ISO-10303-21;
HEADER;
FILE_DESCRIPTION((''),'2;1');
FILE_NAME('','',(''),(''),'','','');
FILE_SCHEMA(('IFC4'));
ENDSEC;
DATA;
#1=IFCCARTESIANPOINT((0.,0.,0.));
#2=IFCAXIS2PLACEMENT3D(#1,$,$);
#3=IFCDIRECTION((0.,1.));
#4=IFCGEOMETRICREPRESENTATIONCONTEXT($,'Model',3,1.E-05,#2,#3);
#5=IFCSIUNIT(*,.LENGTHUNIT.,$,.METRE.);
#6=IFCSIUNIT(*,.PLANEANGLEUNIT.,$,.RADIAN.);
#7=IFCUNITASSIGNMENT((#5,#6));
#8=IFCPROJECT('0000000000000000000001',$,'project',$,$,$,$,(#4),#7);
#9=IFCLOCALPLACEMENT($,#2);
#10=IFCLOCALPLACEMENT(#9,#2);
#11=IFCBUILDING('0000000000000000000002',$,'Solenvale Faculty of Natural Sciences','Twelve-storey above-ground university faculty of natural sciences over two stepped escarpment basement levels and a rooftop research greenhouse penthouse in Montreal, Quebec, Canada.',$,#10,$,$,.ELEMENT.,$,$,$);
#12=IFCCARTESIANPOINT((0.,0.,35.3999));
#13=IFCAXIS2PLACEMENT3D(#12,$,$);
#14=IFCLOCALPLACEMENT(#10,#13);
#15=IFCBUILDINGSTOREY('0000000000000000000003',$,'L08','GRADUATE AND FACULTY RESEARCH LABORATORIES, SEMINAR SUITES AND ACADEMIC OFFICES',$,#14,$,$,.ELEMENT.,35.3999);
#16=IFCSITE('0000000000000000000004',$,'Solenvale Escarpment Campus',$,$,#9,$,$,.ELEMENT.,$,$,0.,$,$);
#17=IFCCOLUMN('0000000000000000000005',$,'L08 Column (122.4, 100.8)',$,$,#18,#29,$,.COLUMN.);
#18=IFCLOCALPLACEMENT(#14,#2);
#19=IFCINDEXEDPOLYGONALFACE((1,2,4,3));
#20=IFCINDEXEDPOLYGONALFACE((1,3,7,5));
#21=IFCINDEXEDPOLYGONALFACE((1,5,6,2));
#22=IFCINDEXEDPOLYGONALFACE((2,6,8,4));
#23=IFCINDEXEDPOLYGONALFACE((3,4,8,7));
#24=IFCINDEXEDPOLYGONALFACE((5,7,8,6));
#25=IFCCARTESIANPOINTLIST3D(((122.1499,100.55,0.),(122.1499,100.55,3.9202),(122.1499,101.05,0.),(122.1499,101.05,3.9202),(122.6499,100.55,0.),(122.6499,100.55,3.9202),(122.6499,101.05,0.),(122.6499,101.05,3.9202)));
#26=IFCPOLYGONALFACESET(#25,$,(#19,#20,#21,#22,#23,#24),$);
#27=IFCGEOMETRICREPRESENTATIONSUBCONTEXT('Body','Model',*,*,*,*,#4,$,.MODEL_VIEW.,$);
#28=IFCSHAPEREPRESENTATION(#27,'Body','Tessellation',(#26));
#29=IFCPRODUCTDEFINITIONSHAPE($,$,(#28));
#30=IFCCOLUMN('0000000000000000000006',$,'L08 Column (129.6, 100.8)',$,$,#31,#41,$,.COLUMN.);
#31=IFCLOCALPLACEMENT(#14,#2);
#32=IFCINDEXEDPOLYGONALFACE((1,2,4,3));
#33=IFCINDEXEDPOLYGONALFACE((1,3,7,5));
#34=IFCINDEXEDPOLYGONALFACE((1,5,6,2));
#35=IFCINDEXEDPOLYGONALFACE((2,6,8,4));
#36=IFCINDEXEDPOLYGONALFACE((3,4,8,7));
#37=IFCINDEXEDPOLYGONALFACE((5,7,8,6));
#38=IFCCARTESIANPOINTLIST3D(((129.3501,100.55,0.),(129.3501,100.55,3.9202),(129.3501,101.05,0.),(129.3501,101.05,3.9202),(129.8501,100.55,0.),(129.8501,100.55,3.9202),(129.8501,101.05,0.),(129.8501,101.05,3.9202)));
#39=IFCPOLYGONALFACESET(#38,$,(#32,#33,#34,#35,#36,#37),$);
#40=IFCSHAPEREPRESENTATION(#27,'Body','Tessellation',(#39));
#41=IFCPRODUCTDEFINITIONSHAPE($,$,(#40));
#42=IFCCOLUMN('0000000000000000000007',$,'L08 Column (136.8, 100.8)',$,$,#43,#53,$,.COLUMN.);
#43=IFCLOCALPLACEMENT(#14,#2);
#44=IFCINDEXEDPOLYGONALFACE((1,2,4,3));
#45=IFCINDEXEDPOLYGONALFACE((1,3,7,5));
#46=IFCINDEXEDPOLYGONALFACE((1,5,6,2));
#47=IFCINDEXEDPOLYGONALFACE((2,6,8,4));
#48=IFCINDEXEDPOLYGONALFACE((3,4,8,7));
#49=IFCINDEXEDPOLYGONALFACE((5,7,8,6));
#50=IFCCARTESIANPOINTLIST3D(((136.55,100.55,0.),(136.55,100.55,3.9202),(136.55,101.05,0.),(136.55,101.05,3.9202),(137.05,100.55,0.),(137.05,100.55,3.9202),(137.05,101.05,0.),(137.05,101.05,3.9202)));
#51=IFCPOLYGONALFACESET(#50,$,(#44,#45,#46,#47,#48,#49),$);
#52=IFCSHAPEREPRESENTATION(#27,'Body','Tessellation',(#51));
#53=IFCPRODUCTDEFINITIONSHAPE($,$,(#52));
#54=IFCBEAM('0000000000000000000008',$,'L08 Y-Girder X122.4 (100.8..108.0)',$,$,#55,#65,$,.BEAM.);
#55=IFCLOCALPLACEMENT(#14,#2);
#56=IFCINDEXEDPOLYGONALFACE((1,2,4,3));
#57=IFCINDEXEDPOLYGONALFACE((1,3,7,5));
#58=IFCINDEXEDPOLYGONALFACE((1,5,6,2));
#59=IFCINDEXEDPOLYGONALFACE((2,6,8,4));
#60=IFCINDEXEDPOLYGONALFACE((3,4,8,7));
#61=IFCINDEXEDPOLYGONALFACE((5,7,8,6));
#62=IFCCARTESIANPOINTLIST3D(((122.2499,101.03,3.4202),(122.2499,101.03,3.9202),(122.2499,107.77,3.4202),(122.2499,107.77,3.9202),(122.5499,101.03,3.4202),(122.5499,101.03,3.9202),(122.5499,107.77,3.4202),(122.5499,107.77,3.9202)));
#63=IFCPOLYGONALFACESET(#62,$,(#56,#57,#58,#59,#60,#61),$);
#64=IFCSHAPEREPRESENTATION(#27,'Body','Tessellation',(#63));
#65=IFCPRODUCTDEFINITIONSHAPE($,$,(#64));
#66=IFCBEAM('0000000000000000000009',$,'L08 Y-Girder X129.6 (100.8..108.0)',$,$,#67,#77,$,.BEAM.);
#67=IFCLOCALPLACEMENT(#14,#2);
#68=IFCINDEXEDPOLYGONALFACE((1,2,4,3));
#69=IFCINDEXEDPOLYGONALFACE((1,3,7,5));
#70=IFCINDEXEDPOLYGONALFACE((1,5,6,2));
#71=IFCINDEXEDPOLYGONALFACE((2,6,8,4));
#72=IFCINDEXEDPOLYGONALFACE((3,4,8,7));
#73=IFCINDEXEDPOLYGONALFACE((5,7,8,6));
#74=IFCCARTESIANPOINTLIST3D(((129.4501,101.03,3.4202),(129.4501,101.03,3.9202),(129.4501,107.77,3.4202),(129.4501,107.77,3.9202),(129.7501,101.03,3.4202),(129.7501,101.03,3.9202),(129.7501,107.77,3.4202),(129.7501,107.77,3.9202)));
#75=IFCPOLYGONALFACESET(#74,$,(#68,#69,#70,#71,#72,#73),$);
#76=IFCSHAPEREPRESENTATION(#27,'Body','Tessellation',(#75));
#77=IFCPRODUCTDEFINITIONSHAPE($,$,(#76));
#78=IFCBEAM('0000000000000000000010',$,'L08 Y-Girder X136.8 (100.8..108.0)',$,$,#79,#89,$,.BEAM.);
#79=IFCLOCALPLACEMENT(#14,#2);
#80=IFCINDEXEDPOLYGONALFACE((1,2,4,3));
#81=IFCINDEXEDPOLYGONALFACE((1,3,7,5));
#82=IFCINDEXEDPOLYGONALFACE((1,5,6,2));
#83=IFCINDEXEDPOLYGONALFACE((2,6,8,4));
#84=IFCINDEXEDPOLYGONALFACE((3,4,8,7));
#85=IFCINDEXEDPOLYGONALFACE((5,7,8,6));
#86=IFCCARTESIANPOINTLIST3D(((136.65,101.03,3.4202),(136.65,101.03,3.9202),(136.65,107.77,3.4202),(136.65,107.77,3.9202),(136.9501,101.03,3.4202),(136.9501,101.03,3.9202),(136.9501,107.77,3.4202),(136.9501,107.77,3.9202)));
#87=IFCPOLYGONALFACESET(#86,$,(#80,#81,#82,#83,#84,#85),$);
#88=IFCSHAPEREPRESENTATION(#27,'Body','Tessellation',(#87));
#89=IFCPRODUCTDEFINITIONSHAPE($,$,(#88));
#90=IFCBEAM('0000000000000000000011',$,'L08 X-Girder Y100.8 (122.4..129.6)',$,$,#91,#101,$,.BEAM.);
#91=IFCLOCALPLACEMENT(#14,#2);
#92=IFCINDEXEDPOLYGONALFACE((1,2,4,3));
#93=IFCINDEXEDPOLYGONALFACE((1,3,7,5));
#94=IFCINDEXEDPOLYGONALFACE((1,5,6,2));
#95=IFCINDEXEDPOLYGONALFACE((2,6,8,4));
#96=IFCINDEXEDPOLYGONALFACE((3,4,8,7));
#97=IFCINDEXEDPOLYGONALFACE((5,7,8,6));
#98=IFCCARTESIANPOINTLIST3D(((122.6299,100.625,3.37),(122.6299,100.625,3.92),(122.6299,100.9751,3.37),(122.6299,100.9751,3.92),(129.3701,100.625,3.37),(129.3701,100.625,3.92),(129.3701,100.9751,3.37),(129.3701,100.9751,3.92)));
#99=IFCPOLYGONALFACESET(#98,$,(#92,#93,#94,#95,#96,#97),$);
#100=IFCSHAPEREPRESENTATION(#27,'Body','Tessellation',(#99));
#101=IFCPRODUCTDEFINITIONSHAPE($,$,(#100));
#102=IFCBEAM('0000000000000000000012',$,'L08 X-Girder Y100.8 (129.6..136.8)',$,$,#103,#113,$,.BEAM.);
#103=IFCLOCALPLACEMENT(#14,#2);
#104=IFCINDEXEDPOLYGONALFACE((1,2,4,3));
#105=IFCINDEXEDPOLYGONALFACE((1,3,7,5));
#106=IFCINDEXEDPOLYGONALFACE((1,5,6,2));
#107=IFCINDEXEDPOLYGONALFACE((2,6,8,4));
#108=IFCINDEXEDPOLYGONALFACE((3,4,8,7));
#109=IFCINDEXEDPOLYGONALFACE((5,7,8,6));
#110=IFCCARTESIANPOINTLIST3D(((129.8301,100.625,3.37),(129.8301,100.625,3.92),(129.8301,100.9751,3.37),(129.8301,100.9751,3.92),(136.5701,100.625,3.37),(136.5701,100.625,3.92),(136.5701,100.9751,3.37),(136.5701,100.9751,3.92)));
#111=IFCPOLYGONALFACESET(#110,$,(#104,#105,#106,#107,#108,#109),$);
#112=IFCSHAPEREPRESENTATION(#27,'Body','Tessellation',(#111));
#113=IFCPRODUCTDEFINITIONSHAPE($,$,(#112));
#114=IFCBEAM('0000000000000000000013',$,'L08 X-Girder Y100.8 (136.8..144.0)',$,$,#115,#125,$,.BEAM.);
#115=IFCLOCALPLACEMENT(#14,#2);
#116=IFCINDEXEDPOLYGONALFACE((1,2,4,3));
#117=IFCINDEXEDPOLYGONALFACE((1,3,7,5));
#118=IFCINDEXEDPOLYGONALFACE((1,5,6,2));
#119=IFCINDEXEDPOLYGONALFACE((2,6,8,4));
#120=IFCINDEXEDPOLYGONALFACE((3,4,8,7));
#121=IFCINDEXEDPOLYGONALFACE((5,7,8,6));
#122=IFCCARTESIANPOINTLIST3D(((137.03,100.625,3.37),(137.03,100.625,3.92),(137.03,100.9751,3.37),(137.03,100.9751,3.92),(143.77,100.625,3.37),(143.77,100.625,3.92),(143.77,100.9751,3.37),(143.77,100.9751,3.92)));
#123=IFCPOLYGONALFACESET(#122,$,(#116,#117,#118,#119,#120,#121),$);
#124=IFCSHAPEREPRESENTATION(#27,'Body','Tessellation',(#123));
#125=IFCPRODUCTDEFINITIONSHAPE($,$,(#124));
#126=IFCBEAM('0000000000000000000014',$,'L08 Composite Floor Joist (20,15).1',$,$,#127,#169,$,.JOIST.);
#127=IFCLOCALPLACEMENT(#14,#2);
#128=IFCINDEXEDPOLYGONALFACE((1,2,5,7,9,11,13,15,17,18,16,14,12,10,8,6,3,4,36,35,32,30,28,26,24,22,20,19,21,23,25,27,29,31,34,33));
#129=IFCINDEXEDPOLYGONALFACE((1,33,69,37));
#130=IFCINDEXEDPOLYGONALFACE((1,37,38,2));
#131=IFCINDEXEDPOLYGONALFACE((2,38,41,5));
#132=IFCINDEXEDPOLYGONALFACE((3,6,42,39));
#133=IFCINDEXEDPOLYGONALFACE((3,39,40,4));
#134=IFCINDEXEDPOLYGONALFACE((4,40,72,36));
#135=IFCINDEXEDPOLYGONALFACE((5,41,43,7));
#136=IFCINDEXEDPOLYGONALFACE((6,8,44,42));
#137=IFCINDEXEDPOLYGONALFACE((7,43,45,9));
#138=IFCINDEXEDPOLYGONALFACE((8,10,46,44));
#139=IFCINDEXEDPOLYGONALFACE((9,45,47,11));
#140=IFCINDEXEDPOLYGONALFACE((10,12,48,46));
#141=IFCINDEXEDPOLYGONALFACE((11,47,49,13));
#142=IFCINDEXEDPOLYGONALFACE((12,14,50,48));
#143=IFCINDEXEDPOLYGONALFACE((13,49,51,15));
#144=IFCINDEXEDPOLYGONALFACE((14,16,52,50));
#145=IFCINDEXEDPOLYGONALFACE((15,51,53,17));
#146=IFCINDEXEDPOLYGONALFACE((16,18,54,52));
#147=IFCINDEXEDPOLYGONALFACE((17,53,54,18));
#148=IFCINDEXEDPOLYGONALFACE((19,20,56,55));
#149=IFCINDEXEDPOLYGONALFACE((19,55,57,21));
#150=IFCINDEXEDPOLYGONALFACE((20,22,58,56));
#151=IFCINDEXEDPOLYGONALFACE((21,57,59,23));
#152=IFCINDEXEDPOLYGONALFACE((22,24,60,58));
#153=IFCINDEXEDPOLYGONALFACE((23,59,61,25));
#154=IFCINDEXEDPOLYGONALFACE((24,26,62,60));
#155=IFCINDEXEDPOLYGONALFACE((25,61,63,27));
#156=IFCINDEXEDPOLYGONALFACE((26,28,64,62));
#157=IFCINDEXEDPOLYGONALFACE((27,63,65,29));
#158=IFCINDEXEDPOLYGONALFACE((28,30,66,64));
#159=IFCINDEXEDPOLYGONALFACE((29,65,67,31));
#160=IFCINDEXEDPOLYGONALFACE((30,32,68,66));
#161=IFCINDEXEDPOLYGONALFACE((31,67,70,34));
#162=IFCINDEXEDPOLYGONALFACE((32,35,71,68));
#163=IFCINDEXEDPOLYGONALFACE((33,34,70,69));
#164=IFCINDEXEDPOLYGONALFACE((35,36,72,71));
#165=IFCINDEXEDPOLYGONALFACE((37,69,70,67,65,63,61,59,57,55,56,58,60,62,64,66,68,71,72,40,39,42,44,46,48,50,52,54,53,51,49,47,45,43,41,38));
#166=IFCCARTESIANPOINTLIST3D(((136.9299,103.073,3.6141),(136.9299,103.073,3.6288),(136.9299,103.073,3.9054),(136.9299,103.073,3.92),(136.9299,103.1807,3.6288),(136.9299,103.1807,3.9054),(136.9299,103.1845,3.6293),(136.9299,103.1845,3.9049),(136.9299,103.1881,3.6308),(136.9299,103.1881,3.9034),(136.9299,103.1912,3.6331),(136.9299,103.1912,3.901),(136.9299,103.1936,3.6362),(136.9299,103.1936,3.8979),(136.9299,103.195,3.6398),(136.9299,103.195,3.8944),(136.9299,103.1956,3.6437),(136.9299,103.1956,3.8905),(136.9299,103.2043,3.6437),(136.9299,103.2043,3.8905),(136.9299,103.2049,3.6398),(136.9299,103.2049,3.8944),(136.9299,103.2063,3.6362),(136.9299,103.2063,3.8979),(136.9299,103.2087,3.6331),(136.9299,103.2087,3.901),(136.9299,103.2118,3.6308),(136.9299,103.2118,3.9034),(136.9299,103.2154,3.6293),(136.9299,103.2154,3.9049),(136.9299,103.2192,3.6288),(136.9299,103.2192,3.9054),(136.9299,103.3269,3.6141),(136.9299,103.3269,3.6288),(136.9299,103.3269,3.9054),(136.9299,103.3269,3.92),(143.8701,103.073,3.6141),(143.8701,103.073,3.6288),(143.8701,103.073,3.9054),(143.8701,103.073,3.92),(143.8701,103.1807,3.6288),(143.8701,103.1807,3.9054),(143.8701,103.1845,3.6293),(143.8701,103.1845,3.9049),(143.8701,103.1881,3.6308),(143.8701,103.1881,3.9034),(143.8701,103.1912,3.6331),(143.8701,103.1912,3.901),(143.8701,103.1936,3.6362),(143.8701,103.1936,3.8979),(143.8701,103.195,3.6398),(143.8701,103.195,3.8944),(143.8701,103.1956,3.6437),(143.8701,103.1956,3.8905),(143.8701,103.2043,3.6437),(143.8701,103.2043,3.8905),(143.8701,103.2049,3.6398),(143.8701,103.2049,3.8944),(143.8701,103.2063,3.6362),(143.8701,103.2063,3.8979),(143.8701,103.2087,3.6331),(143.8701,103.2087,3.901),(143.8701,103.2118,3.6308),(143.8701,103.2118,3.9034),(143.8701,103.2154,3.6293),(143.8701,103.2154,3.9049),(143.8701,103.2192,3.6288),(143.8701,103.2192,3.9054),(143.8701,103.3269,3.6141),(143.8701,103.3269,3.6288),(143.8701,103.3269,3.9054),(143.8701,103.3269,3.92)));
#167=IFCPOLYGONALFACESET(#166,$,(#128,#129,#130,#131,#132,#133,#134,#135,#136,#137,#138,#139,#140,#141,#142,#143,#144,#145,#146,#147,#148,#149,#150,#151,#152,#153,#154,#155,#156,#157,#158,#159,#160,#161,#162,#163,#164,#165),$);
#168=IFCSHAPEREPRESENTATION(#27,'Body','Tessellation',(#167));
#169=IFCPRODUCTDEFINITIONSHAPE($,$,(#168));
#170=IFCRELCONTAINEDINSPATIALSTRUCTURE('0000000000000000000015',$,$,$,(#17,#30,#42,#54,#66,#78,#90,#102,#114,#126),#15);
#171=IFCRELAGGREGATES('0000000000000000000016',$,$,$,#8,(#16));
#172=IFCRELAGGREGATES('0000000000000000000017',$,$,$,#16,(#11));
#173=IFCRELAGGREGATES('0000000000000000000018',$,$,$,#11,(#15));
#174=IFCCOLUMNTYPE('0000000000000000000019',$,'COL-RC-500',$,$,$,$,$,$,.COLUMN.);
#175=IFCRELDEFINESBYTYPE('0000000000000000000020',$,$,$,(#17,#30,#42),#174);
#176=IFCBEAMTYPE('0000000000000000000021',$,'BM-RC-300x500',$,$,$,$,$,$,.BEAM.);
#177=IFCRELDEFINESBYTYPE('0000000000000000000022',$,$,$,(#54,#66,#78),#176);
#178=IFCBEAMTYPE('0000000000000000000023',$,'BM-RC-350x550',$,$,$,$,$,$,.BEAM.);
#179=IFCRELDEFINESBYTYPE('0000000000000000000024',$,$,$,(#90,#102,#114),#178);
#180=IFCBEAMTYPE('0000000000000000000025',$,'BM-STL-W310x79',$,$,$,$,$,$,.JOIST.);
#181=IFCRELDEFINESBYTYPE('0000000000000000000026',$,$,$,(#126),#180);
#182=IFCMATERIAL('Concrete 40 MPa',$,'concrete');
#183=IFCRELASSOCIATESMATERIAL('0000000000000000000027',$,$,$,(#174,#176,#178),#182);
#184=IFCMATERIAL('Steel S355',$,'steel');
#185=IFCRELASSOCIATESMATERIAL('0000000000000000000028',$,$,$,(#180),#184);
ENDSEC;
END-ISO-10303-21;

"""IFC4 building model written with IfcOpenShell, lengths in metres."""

from ifc_helpers import new_model, si_unit, direction, frame, origin, origin_2d, place, context, subcontext, project, spatial, rectangle, i_section, extrude, material, material_profile, profile_set, type_object, element, save


model = new_model("IFC4")

# Units and contexts
model_context = context("Model", 3, precision=1e-05, world=origin(), true_north=direction((0.0, 1.0)))
body_context = subcontext(model_context, "Body", "Model", "MODEL_VIEW")
ifc_project = project(units=[si_unit("LENGTHUNIT", "METRE"), si_unit("PLANEANGLEUNIT", "RADIAN")], contexts=[model_context])

# Site, building, storey
site_placement = place(None, origin())
site = spatial("IfcSite", under=ifc_project, at=site_placement, Name="Solenvale Escarpment Campus", CompositionType="ELEMENT", RefElevation=0.0)
building_placement = place(site_placement, origin())
building = spatial("IfcBuilding", under=site, at=building_placement, Name="Solenvale Faculty of Natural Sciences", Description="Twelve-storey above-ground university faculty of natural sciences over two stepped escarpment basement levels and a rooftop research greenhouse penthouse in Montreal, Quebec, Canada.", CompositionType="ELEMENT")
storey_placement = place(building_placement, frame((0.0, 0.0, 35.3999)))
storey = spatial("IfcBuildingStorey", under=building, at=storey_placement, Name="L08", Description="GRADUATE AND FACULTY RESEARCH LABORATORIES, SEMINAR SUITES AND ACADEMIC OFFICES", CompositionType="ELEMENT", Elevation=35.3999)

# Columns
ifc_material_1 = material(Name="Concrete 40 MPa", Category="concrete")
ifc_material_profile_1 = material_profile(ifc_material_1, rectangle(XDim=0.5, YDim=0.5, at=origin_2d()), Name="RC-COL-500x500")
ifc_profile_set_1 = profile_set([ifc_material_profile_1], Name="Concrete 40 MPa")
column_type = type_object("IfcColumnType", Name="COL-RC-500", PredefinedType="COLUMN", material=ifc_profile_set_1)
for number, where, z_axis, x_axis, name in (
    (1, (122.3999, 100.8, 0.0), (0.0, 0.0, 1.0), (1.0, 0.0, 0.0), "L08 Column (122.4, 100.8)"),
    (2, (129.6001, 100.8, 0.0), (0.0, 0.0, 1.0), (1.0, 0.0, 0.0), "L08 Column (129.6, 100.8)"),
    (3, (136.8, 100.8, 0.0), (0.0, 0.0, 1.0), (1.0, 0.0, 0.0), "L08 Column (136.8, 100.8)"),
):
    element("IfcColumn", number, at=place(storey_placement, frame(where, z_axis=z_axis, x_axis=x_axis)), inside=storey, type_object=column_type, Name=name, PredefinedType="COLUMN", context=body_context, shape_type="SweptSolid", body=[
        extrude(rectangle(XDim=0.5, YDim=0.5, at=origin_2d()), origin(), (0.0, 0.0, 1.0), 3.9202),
    ])

# Beams
ifc_material_profile_2 = material_profile(ifc_material_1, rectangle(XDim=0.3, YDim=0.5, at=origin_2d()), Name="RC-BM-300x500")
ifc_profile_set_2 = profile_set([ifc_material_profile_2], Name="Concrete 40 MPa")
beam_type_1 = type_object("IfcBeamType", Name="BM-RC-300x500", PredefinedType="BEAM", material=ifc_profile_set_2)
for number, where, z_axis, x_axis, name in (
    (4, (122.3999, 101.03, 3.6702), (0.0, 1.0, 0.0), (-1.0, 0.0, 0.0), "L08 Y-Girder X122.4 (100.8..108.0)"),
    (5, (129.6001, 101.03, 3.6702), (0.0, 1.0, 0.0), (-1.0, 0.0, 0.0), "L08 Y-Girder X129.6 (100.8..108.0)"),
    (6, (136.8, 101.03, 3.6702), (0.0, 1.0, 0.0), (-1.0, 0.0, 0.0), "L08 Y-Girder X136.8 (100.8..108.0)"),
):
    element("IfcBeam", number, at=place(storey_placement, frame(where, z_axis=z_axis, x_axis=x_axis)), inside=storey, type_object=beam_type_1, Name=name, PredefinedType="BEAM", context=body_context, shape_type="SweptSolid", body=[
        extrude(rectangle(XDim=0.3, YDim=0.5, at=origin_2d()), origin(), (0.0, 0.0, 1.0), 6.74),
    ])
ifc_material_profile_3 = material_profile(ifc_material_1, rectangle(XDim=0.3501, YDim=0.55, at=origin_2d()), Name="RC-BM-350x550")
ifc_profile_set_3 = profile_set([ifc_material_profile_3], Name="Concrete 40 MPa")
beam_type_2 = type_object("IfcBeamType", Name="BM-RC-350x550", PredefinedType="BEAM", material=ifc_profile_set_3)
beam_1_placement = place(storey_placement, frame((122.6299, 100.8, 3.645), z_axis=(1.0, 0.0, 0.0), x_axis=(0.0, 1.0, 0.0)))
element("IfcBeam", 7, at=beam_1_placement, inside=storey, type_object=beam_type_2, Name="L08 X-Girder Y100.8 (122.4..129.6)", PredefinedType="BEAM", context=body_context, shape_type="SweptSolid", body=[
    extrude(rectangle(XDim=0.3501, YDim=0.55, at=origin_2d()), origin(), (0.0, 0.0, 1.0), 6.7402),
])
for number, where, z_axis, x_axis, name in (
    (8, (129.8301, 100.8, 3.645), (1.0, 0.0, 0.0), (0.0, 1.0, 0.0), "L08 X-Girder Y100.8 (129.6..136.8)"),
    (9, (137.03, 100.8, 3.645), (1.0, 0.0, 0.0), (0.0, 1.0, 0.0), "L08 X-Girder Y100.8 (136.8..144.0)"),
):
    element("IfcBeam", number, at=place(storey_placement, frame(where, z_axis=z_axis, x_axis=x_axis)), inside=storey, type_object=beam_type_2, Name=name, PredefinedType="BEAM", context=body_context, shape_type="SweptSolid", body=[
        extrude(rectangle(XDim=0.3501, YDim=0.55, at=origin_2d()), origin(), (0.0, 0.0, 1.0), 6.74),
    ])
ifc_material_2 = material(Name="Steel S355", Category="steel")
ifc_material_profile_4 = material_profile(ifc_material_2, i_section(OverallWidth=0.2539, OverallDepth=0.3059, WebThickness=0.0088, FlangeThickness=0.0146, FilletRadius=0.0149, at=origin_2d()), Name="W310x79")
ifc_profile_set_4 = profile_set([ifc_material_profile_4], Name="Steel S355")
beam_type_3 = type_object("IfcBeamType", Name="BM-STL-W310x79", PredefinedType="JOIST", material=ifc_profile_set_4)
for number, where, z_axis, x_axis, name in (
    (10, (136.9299, 103.2, 3.7671), (1.0, 0.0, 0.0), (0.0, 1.0, 0.0), "L08 Composite Floor Joist (20,15).1"),
):
    element("IfcBeam", number, at=place(storey_placement, frame(where, z_axis=z_axis, x_axis=x_axis)), inside=storey, type_object=beam_type_3, Name=name, PredefinedType="JOIST", context=body_context, shape_type="SweptSolid", body=[
        extrude(i_section(OverallWidth=0.2539, OverallDepth=0.3059, WebThickness=0.0088, FlangeThickness=0.0146, FilletRadius=0.0149, at=origin_2d()), origin(), (0.0, 0.0, 1.0), 6.9402),
    ])

save(model, "model.ifc")
